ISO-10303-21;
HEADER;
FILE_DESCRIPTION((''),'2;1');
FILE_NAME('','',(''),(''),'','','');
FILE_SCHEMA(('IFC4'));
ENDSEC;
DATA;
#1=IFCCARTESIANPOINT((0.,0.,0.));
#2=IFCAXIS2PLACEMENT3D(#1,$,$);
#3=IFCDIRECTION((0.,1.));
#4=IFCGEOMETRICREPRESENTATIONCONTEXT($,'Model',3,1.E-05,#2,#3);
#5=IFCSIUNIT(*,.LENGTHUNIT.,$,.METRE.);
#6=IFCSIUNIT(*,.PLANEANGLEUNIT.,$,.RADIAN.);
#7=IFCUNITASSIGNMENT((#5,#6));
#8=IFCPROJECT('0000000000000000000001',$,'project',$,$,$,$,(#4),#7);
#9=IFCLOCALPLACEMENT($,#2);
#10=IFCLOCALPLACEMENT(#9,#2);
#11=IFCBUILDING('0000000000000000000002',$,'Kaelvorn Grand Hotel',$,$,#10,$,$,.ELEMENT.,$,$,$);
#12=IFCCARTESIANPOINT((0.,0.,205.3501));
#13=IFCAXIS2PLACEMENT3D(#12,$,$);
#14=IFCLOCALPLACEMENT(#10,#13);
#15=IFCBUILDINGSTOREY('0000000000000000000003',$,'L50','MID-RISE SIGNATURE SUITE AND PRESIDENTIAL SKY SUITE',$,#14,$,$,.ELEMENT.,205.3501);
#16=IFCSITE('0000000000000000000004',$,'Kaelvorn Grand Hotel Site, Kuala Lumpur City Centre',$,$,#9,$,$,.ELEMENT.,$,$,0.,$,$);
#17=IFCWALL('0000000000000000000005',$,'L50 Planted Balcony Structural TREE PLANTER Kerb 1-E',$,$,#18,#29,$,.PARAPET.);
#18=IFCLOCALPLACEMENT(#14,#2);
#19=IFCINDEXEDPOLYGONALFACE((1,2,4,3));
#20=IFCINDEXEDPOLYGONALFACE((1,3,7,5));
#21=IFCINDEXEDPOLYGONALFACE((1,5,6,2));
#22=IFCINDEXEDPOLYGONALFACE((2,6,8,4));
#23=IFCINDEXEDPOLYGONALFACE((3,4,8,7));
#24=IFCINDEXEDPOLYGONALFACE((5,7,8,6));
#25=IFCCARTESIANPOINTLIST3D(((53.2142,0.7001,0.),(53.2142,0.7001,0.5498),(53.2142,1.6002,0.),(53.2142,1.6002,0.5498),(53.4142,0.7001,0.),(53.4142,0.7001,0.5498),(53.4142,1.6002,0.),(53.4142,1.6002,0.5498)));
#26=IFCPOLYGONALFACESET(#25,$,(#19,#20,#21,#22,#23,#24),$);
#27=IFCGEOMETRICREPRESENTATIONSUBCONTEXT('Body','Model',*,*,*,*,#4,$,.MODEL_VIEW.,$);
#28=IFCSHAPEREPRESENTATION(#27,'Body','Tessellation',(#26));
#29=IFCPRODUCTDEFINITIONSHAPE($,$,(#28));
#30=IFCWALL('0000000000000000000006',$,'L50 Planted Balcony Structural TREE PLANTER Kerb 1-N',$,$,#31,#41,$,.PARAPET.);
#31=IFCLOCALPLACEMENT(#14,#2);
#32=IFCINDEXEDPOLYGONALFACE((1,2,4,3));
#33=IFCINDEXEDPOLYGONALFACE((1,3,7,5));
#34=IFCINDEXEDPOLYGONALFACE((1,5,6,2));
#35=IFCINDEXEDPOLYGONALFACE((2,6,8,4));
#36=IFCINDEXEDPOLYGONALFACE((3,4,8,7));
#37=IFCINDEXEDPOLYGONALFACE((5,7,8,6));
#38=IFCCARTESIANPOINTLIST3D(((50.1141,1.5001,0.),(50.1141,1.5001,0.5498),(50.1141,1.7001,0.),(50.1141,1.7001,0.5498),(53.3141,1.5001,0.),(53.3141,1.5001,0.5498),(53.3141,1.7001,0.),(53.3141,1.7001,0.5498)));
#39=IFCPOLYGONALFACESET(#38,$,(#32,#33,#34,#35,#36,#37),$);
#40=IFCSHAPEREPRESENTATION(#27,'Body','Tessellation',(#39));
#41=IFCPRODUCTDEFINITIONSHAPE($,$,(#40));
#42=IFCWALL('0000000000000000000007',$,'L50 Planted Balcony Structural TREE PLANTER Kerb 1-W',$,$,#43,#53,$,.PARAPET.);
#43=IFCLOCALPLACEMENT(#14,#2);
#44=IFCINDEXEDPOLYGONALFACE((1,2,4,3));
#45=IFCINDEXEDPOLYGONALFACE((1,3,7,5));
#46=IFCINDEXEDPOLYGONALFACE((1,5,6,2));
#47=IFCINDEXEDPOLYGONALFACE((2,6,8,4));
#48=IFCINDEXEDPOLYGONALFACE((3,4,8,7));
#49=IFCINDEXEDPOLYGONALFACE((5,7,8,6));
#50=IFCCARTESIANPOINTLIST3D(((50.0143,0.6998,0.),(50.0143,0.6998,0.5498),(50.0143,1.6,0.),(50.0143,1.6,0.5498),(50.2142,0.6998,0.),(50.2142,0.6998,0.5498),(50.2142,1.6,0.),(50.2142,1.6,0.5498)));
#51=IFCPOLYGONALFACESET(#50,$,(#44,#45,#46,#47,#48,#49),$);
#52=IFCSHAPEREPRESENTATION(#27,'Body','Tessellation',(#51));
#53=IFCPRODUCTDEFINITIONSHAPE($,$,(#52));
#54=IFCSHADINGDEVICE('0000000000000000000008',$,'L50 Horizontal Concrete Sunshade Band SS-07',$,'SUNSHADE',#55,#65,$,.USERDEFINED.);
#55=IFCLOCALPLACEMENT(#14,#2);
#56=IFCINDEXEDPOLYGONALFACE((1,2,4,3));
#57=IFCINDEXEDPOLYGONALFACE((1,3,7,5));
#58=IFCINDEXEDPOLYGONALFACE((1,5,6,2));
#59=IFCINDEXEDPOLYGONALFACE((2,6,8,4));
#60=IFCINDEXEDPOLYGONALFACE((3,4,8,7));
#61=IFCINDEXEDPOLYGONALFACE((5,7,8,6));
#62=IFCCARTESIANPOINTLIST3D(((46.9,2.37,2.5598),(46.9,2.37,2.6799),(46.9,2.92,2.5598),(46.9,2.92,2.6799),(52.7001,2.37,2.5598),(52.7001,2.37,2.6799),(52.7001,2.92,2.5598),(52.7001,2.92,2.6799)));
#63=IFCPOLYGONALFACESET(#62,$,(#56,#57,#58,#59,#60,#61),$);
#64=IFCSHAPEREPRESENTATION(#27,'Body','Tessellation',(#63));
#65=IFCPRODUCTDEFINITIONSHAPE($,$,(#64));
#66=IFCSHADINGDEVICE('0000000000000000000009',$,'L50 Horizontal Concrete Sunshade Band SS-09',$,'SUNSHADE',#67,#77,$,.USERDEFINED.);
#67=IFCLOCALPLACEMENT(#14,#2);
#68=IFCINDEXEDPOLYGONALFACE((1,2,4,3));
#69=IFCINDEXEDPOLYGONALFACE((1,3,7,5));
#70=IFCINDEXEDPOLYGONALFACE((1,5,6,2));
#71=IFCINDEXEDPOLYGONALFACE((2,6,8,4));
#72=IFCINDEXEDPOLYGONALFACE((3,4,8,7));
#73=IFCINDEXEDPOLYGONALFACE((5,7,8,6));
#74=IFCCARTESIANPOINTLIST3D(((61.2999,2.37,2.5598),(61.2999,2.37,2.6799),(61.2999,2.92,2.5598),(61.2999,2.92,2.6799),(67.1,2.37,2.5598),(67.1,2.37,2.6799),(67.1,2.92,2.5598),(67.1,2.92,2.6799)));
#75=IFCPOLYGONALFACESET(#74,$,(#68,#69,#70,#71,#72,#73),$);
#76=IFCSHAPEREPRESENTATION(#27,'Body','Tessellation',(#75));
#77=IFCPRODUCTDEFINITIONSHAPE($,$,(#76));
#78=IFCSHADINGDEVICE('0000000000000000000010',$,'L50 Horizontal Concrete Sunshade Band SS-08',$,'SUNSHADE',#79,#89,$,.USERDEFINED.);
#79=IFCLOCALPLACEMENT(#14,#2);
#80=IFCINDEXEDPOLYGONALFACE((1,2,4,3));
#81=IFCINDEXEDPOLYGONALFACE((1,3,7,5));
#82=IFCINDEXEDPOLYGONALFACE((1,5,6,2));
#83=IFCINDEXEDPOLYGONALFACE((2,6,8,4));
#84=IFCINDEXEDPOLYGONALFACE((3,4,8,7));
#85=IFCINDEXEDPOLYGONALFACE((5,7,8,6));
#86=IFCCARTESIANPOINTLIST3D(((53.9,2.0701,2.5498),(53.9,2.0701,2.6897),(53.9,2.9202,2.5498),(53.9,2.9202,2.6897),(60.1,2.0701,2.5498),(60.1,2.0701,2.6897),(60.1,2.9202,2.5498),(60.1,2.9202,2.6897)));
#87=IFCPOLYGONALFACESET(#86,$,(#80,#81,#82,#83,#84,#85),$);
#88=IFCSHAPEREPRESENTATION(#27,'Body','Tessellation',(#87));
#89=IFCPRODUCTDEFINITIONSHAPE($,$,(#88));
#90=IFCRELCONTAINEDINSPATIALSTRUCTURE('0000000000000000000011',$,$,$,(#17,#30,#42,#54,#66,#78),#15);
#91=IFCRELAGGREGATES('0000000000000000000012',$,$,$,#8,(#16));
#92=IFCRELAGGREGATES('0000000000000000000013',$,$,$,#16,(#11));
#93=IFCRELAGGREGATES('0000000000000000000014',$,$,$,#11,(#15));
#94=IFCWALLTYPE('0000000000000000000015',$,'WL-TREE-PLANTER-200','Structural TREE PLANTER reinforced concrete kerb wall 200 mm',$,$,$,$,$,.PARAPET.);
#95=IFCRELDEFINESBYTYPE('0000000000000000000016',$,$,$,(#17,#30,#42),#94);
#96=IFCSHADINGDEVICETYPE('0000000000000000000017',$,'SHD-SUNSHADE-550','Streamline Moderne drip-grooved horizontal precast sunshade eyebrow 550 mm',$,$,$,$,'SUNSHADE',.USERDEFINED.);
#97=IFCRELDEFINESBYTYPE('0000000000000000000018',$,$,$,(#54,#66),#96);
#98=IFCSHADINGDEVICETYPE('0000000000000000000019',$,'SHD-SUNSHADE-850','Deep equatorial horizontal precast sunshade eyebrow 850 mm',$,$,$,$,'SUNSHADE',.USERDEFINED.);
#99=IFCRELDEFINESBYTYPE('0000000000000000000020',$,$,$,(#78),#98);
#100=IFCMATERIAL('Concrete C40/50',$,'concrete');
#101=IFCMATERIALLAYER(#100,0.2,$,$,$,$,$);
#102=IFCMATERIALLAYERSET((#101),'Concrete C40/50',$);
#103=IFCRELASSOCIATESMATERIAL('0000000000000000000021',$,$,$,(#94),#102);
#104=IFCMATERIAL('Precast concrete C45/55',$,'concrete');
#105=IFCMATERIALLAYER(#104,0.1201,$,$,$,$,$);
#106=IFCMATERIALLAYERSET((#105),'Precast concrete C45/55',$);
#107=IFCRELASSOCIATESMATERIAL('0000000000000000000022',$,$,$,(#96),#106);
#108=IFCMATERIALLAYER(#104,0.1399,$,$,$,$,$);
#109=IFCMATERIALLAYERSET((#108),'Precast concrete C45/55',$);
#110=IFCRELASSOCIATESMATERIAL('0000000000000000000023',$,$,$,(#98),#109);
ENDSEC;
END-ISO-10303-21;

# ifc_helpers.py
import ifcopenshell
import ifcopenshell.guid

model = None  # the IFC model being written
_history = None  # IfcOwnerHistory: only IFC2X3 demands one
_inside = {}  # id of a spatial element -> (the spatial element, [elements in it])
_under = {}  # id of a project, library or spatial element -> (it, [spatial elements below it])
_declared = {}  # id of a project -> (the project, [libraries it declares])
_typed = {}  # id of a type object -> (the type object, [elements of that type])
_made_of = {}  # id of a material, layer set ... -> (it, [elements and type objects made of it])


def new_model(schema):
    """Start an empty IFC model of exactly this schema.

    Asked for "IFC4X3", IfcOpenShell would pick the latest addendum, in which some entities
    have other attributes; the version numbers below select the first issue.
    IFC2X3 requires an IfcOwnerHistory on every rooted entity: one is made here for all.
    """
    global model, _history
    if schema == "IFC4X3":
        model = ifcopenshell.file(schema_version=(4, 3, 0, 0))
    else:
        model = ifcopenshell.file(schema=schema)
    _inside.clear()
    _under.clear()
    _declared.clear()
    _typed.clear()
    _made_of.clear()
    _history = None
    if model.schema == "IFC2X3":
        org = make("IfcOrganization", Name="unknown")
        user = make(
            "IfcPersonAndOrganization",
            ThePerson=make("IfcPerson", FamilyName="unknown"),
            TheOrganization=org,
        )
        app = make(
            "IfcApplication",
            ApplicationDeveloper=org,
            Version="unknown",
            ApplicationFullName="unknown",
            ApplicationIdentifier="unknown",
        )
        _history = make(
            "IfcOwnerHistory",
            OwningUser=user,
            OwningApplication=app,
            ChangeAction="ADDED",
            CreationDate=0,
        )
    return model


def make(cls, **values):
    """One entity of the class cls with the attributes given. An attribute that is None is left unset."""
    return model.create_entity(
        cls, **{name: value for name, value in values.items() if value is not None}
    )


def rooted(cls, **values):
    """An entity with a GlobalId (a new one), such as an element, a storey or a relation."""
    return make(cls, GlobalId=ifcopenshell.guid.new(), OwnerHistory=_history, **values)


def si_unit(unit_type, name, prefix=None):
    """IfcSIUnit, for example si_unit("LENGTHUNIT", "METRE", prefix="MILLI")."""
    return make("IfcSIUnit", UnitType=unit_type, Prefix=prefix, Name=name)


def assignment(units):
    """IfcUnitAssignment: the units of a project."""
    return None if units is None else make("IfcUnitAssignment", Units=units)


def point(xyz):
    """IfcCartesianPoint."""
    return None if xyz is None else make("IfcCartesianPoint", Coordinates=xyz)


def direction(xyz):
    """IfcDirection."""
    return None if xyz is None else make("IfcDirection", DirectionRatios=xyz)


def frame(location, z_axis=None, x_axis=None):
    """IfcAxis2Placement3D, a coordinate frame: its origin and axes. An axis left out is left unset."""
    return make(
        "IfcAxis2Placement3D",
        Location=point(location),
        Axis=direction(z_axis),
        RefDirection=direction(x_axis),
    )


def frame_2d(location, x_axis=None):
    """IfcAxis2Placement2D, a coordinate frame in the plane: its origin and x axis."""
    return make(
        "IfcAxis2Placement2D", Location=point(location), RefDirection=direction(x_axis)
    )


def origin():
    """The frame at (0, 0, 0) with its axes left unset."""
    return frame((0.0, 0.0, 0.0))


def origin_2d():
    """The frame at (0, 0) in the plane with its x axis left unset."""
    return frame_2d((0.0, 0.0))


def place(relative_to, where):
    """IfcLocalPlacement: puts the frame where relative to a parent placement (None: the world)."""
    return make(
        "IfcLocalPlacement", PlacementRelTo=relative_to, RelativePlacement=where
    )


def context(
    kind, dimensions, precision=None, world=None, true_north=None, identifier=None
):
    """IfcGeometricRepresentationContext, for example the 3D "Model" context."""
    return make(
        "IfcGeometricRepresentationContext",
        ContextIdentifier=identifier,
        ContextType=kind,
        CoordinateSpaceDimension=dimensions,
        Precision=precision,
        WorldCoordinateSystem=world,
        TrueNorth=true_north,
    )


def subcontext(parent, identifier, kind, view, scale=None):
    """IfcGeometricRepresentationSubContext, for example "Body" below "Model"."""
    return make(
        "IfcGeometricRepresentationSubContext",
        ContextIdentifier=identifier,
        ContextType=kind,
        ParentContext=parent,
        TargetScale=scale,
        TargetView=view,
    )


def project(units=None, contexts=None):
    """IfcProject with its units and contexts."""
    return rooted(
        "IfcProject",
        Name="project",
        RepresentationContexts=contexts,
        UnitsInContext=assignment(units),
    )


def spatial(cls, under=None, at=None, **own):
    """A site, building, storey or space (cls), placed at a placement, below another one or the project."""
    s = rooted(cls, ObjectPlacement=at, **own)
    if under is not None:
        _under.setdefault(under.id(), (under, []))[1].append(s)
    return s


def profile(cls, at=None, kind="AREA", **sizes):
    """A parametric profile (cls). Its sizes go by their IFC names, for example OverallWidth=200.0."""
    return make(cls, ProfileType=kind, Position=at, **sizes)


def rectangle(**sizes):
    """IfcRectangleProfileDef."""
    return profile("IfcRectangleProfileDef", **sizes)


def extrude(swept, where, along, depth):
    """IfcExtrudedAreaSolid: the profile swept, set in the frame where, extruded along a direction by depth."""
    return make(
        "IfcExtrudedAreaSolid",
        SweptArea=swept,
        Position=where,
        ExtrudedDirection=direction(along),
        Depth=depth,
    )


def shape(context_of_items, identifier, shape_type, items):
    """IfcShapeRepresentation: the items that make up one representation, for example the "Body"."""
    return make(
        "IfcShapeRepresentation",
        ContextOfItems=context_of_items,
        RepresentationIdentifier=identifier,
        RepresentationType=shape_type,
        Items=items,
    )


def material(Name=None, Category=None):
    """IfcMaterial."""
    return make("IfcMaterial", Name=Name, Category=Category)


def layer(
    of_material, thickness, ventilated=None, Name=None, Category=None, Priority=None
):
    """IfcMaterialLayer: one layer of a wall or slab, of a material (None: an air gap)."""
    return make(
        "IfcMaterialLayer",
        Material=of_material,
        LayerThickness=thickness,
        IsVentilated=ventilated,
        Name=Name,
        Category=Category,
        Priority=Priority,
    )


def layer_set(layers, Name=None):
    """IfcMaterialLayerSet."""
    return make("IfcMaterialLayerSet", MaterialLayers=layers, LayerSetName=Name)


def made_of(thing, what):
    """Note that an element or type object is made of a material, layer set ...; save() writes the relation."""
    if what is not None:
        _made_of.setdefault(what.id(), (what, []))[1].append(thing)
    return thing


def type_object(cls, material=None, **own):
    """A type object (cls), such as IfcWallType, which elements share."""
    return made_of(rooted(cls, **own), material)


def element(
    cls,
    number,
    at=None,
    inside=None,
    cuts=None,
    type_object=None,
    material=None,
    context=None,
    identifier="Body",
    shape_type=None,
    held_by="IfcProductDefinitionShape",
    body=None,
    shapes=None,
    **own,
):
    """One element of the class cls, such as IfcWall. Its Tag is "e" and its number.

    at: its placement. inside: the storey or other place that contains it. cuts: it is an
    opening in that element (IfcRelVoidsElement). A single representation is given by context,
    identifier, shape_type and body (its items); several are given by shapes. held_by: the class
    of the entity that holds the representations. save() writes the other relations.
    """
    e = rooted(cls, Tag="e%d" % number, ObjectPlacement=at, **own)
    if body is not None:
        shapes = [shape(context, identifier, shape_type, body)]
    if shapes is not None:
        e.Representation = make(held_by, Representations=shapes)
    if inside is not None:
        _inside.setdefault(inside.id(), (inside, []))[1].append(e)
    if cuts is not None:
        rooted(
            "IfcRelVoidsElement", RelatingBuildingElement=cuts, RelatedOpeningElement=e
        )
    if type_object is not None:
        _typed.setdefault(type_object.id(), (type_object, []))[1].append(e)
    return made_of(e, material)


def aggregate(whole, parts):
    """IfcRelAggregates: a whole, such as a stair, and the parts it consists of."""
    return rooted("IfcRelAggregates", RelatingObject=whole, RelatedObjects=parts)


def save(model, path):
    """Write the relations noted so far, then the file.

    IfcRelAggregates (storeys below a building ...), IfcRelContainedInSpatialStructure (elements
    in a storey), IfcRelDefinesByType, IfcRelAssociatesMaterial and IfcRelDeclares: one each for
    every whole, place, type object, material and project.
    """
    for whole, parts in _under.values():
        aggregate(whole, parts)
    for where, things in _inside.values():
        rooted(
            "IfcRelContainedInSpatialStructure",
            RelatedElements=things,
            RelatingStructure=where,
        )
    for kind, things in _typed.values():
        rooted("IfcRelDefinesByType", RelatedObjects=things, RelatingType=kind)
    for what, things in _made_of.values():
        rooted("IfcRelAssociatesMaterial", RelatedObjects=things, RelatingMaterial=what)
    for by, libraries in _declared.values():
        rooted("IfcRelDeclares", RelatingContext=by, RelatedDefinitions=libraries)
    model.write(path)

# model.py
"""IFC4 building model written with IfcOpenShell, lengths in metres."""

from ifc_helpers import new_model, si_unit, direction, frame, frame_2d, origin, origin_2d, place, context, subcontext, project, spatial, rectangle, extrude, material, layer, layer_set, type_object, element, save


model = new_model("IFC4")

# Units and contexts
model_context = context("Model", 3, precision=1e-05, world=origin(), true_north=direction((0.0, 1.0)))
body_context = subcontext(model_context, "Body", "Model", "MODEL_VIEW")
ifc_project = project(units=[si_unit("LENGTHUNIT", "METRE"), si_unit("PLANEANGLEUNIT", "RADIAN")], contexts=[model_context])

# Site, building, storey
site_placement = place(None, origin())
site = spatial("IfcSite", under=ifc_project, at=site_placement, Name="Kaelvorn Grand Hotel Site, Kuala Lumpur City Centre", CompositionType="ELEMENT", RefElevation=0.0)
building_placement = place(site_placement, origin())
building = spatial("IfcBuilding", under=site, at=building_placement, Name="Kaelvorn Grand Hotel", CompositionType="ELEMENT")
storey_placement = place(building_placement, frame((0.0, 0.0, 205.3501)))
storey = spatial("IfcBuildingStorey", under=building, at=storey_placement, Name="L50", Description="MID-RISE SIGNATURE SUITE AND PRESIDENTIAL SKY SUITE", CompositionType="ELEMENT", Elevation=205.3501)

# Shared definitions
ifc_material_1 = material(Name="Concrete C40/50", Category="concrete")

# Walls
ifc_layer_1 = layer(ifc_material_1, 0.2)
ifc_layer_set_1 = layer_set([ifc_layer_1], Name="Concrete C40/50")
wall_type_1 = type_object("IfcWallType", Name="WL-TREE-PLANTER-200", Description="Structural TREE PLANTER reinforced concrete kerb wall 200 mm", PredefinedType="PARAPET", material=ifc_layer_set_1)
wall_1_placement = place(storey_placement, frame((53.3142, 0.7, 0.0), z_axis=(0.0, 0.0, 1.0), x_axis=(0.0, 1.0, 0.0)))
element("IfcWall", 1, at=wall_1_placement, inside=storey, type_object=wall_type_1, Name="L50 Planted Balcony Structural TREE PLANTER Kerb 1-E", PredefinedType="PARAPET", context=body_context, shape_type="SweptSolid", body=[
    extrude(rectangle(XDim=0.9001, YDim=0.2, at=frame_2d((0.4502, 0.0))), origin(), (0.0, 0.0, 1.0), 0.5498),
])
wall_2_placement = place(storey_placement, frame((53.3142, 1.6001, 0.0), z_axis=(0.0, 0.0, 1.0), x_axis=(-1.0, 0.0, 0.0)))
element("IfcWall", 2, at=wall_2_placement, inside=storey, type_object=wall_type_1, Name="L50 Planted Balcony Structural TREE PLANTER Kerb 1-N", PredefinedType="PARAPET", context=body_context, shape_type="SweptSolid", body=[
    extrude(rectangle(XDim=3.2, YDim=0.2, at=frame_2d((1.6001, 0.0))), origin(), (0.0, 0.0, 1.0), 0.5498),
])
wall_3_placement = place(storey_placement, frame((50.1143, 1.6001, 0.0), z_axis=(0.0, 0.0, 1.0), x_axis=(0.0, -1.0, 0.0)))
element("IfcWall", 3, at=wall_3_placement, inside=storey, type_object=wall_type_1, Name="L50 Planted Balcony Structural TREE PLANTER Kerb 1-W", PredefinedType="PARAPET", context=body_context, shape_type="SweptSolid", body=[
    extrude(rectangle(XDim=0.9001, YDim=0.2, at=frame_2d((0.4502, 0.0))), origin(), (0.0, 0.0, 1.0), 0.5498),
])

# Shading devices
ifc_material_2 = material(Name="Precast concrete C45/55", Category="concrete")
ifc_layer_2 = layer(ifc_material_2, 0.1201)
ifc_layer_set_2 = layer_set([ifc_layer_2], Name="Precast concrete C45/55")
shading_device_type_1 = type_object("IfcShadingDeviceType", Name="SHD-SUNSHADE-550", Description="Streamline Moderne drip-grooved horizontal precast sunshade eyebrow 550 mm", ElementType="SUNSHADE", PredefinedType="USERDEFINED", material=ifc_layer_set_2)
for number, where, z_axis, x_axis, name in (
    (4, (49.8, 2.645, 2.5598), (0.0, 0.0, 1.0), (1.0, 0.0, 0.0), "L50 Horizontal Concrete Sunshade Band SS-07"),
    (5, (64.2, 2.645, 2.5598), (0.0, 0.0, 1.0), (1.0, 0.0, 0.0), "L50 Horizontal Concrete Sunshade Band SS-09"),
):
    element("IfcShadingDevice", number, at=place(storey_placement, frame(where, z_axis=z_axis, x_axis=x_axis)), inside=storey, type_object=shading_device_type_1, Name=name, ObjectType="SUNSHADE", PredefinedType="USERDEFINED", context=body_context, shape_type="SweptSolid", body=[
        extrude(rectangle(XDim=5.8, YDim=0.55, at=origin_2d()), origin(), (0.0, 0.0, 1.0), 0.1201),
    ])
ifc_layer_3 = layer(ifc_material_2, 0.1399)
ifc_layer_set_3 = layer_set([ifc_layer_3], Name="Precast concrete C45/55")
shading_device_type_2 = type_object("IfcShadingDeviceType", Name="SHD-SUNSHADE-850", Description="Deep equatorial horizontal precast sunshade eyebrow 850 mm", ElementType="SUNSHADE", PredefinedType="USERDEFINED", material=ifc_layer_set_3)
shading_device_placement = place(storey_placement, frame((57.0, 2.4951, 2.5498), z_axis=(0.0, 0.0, 1.0), x_axis=(1.0, 0.0, 0.0)))
element("IfcShadingDevice", 6, at=shading_device_placement, inside=storey, type_object=shading_device_type_2, Name="L50 Horizontal Concrete Sunshade Band SS-08", ObjectType="SUNSHADE", PredefinedType="USERDEFINED", context=body_context, shape_type="SweptSolid", body=[
    extrude(rectangle(XDim=6.2, YDim=0.8501, at=origin_2d()), origin(), (0.0, 0.0, 1.0), 0.1399),
])

save(model, "model.ifc")
